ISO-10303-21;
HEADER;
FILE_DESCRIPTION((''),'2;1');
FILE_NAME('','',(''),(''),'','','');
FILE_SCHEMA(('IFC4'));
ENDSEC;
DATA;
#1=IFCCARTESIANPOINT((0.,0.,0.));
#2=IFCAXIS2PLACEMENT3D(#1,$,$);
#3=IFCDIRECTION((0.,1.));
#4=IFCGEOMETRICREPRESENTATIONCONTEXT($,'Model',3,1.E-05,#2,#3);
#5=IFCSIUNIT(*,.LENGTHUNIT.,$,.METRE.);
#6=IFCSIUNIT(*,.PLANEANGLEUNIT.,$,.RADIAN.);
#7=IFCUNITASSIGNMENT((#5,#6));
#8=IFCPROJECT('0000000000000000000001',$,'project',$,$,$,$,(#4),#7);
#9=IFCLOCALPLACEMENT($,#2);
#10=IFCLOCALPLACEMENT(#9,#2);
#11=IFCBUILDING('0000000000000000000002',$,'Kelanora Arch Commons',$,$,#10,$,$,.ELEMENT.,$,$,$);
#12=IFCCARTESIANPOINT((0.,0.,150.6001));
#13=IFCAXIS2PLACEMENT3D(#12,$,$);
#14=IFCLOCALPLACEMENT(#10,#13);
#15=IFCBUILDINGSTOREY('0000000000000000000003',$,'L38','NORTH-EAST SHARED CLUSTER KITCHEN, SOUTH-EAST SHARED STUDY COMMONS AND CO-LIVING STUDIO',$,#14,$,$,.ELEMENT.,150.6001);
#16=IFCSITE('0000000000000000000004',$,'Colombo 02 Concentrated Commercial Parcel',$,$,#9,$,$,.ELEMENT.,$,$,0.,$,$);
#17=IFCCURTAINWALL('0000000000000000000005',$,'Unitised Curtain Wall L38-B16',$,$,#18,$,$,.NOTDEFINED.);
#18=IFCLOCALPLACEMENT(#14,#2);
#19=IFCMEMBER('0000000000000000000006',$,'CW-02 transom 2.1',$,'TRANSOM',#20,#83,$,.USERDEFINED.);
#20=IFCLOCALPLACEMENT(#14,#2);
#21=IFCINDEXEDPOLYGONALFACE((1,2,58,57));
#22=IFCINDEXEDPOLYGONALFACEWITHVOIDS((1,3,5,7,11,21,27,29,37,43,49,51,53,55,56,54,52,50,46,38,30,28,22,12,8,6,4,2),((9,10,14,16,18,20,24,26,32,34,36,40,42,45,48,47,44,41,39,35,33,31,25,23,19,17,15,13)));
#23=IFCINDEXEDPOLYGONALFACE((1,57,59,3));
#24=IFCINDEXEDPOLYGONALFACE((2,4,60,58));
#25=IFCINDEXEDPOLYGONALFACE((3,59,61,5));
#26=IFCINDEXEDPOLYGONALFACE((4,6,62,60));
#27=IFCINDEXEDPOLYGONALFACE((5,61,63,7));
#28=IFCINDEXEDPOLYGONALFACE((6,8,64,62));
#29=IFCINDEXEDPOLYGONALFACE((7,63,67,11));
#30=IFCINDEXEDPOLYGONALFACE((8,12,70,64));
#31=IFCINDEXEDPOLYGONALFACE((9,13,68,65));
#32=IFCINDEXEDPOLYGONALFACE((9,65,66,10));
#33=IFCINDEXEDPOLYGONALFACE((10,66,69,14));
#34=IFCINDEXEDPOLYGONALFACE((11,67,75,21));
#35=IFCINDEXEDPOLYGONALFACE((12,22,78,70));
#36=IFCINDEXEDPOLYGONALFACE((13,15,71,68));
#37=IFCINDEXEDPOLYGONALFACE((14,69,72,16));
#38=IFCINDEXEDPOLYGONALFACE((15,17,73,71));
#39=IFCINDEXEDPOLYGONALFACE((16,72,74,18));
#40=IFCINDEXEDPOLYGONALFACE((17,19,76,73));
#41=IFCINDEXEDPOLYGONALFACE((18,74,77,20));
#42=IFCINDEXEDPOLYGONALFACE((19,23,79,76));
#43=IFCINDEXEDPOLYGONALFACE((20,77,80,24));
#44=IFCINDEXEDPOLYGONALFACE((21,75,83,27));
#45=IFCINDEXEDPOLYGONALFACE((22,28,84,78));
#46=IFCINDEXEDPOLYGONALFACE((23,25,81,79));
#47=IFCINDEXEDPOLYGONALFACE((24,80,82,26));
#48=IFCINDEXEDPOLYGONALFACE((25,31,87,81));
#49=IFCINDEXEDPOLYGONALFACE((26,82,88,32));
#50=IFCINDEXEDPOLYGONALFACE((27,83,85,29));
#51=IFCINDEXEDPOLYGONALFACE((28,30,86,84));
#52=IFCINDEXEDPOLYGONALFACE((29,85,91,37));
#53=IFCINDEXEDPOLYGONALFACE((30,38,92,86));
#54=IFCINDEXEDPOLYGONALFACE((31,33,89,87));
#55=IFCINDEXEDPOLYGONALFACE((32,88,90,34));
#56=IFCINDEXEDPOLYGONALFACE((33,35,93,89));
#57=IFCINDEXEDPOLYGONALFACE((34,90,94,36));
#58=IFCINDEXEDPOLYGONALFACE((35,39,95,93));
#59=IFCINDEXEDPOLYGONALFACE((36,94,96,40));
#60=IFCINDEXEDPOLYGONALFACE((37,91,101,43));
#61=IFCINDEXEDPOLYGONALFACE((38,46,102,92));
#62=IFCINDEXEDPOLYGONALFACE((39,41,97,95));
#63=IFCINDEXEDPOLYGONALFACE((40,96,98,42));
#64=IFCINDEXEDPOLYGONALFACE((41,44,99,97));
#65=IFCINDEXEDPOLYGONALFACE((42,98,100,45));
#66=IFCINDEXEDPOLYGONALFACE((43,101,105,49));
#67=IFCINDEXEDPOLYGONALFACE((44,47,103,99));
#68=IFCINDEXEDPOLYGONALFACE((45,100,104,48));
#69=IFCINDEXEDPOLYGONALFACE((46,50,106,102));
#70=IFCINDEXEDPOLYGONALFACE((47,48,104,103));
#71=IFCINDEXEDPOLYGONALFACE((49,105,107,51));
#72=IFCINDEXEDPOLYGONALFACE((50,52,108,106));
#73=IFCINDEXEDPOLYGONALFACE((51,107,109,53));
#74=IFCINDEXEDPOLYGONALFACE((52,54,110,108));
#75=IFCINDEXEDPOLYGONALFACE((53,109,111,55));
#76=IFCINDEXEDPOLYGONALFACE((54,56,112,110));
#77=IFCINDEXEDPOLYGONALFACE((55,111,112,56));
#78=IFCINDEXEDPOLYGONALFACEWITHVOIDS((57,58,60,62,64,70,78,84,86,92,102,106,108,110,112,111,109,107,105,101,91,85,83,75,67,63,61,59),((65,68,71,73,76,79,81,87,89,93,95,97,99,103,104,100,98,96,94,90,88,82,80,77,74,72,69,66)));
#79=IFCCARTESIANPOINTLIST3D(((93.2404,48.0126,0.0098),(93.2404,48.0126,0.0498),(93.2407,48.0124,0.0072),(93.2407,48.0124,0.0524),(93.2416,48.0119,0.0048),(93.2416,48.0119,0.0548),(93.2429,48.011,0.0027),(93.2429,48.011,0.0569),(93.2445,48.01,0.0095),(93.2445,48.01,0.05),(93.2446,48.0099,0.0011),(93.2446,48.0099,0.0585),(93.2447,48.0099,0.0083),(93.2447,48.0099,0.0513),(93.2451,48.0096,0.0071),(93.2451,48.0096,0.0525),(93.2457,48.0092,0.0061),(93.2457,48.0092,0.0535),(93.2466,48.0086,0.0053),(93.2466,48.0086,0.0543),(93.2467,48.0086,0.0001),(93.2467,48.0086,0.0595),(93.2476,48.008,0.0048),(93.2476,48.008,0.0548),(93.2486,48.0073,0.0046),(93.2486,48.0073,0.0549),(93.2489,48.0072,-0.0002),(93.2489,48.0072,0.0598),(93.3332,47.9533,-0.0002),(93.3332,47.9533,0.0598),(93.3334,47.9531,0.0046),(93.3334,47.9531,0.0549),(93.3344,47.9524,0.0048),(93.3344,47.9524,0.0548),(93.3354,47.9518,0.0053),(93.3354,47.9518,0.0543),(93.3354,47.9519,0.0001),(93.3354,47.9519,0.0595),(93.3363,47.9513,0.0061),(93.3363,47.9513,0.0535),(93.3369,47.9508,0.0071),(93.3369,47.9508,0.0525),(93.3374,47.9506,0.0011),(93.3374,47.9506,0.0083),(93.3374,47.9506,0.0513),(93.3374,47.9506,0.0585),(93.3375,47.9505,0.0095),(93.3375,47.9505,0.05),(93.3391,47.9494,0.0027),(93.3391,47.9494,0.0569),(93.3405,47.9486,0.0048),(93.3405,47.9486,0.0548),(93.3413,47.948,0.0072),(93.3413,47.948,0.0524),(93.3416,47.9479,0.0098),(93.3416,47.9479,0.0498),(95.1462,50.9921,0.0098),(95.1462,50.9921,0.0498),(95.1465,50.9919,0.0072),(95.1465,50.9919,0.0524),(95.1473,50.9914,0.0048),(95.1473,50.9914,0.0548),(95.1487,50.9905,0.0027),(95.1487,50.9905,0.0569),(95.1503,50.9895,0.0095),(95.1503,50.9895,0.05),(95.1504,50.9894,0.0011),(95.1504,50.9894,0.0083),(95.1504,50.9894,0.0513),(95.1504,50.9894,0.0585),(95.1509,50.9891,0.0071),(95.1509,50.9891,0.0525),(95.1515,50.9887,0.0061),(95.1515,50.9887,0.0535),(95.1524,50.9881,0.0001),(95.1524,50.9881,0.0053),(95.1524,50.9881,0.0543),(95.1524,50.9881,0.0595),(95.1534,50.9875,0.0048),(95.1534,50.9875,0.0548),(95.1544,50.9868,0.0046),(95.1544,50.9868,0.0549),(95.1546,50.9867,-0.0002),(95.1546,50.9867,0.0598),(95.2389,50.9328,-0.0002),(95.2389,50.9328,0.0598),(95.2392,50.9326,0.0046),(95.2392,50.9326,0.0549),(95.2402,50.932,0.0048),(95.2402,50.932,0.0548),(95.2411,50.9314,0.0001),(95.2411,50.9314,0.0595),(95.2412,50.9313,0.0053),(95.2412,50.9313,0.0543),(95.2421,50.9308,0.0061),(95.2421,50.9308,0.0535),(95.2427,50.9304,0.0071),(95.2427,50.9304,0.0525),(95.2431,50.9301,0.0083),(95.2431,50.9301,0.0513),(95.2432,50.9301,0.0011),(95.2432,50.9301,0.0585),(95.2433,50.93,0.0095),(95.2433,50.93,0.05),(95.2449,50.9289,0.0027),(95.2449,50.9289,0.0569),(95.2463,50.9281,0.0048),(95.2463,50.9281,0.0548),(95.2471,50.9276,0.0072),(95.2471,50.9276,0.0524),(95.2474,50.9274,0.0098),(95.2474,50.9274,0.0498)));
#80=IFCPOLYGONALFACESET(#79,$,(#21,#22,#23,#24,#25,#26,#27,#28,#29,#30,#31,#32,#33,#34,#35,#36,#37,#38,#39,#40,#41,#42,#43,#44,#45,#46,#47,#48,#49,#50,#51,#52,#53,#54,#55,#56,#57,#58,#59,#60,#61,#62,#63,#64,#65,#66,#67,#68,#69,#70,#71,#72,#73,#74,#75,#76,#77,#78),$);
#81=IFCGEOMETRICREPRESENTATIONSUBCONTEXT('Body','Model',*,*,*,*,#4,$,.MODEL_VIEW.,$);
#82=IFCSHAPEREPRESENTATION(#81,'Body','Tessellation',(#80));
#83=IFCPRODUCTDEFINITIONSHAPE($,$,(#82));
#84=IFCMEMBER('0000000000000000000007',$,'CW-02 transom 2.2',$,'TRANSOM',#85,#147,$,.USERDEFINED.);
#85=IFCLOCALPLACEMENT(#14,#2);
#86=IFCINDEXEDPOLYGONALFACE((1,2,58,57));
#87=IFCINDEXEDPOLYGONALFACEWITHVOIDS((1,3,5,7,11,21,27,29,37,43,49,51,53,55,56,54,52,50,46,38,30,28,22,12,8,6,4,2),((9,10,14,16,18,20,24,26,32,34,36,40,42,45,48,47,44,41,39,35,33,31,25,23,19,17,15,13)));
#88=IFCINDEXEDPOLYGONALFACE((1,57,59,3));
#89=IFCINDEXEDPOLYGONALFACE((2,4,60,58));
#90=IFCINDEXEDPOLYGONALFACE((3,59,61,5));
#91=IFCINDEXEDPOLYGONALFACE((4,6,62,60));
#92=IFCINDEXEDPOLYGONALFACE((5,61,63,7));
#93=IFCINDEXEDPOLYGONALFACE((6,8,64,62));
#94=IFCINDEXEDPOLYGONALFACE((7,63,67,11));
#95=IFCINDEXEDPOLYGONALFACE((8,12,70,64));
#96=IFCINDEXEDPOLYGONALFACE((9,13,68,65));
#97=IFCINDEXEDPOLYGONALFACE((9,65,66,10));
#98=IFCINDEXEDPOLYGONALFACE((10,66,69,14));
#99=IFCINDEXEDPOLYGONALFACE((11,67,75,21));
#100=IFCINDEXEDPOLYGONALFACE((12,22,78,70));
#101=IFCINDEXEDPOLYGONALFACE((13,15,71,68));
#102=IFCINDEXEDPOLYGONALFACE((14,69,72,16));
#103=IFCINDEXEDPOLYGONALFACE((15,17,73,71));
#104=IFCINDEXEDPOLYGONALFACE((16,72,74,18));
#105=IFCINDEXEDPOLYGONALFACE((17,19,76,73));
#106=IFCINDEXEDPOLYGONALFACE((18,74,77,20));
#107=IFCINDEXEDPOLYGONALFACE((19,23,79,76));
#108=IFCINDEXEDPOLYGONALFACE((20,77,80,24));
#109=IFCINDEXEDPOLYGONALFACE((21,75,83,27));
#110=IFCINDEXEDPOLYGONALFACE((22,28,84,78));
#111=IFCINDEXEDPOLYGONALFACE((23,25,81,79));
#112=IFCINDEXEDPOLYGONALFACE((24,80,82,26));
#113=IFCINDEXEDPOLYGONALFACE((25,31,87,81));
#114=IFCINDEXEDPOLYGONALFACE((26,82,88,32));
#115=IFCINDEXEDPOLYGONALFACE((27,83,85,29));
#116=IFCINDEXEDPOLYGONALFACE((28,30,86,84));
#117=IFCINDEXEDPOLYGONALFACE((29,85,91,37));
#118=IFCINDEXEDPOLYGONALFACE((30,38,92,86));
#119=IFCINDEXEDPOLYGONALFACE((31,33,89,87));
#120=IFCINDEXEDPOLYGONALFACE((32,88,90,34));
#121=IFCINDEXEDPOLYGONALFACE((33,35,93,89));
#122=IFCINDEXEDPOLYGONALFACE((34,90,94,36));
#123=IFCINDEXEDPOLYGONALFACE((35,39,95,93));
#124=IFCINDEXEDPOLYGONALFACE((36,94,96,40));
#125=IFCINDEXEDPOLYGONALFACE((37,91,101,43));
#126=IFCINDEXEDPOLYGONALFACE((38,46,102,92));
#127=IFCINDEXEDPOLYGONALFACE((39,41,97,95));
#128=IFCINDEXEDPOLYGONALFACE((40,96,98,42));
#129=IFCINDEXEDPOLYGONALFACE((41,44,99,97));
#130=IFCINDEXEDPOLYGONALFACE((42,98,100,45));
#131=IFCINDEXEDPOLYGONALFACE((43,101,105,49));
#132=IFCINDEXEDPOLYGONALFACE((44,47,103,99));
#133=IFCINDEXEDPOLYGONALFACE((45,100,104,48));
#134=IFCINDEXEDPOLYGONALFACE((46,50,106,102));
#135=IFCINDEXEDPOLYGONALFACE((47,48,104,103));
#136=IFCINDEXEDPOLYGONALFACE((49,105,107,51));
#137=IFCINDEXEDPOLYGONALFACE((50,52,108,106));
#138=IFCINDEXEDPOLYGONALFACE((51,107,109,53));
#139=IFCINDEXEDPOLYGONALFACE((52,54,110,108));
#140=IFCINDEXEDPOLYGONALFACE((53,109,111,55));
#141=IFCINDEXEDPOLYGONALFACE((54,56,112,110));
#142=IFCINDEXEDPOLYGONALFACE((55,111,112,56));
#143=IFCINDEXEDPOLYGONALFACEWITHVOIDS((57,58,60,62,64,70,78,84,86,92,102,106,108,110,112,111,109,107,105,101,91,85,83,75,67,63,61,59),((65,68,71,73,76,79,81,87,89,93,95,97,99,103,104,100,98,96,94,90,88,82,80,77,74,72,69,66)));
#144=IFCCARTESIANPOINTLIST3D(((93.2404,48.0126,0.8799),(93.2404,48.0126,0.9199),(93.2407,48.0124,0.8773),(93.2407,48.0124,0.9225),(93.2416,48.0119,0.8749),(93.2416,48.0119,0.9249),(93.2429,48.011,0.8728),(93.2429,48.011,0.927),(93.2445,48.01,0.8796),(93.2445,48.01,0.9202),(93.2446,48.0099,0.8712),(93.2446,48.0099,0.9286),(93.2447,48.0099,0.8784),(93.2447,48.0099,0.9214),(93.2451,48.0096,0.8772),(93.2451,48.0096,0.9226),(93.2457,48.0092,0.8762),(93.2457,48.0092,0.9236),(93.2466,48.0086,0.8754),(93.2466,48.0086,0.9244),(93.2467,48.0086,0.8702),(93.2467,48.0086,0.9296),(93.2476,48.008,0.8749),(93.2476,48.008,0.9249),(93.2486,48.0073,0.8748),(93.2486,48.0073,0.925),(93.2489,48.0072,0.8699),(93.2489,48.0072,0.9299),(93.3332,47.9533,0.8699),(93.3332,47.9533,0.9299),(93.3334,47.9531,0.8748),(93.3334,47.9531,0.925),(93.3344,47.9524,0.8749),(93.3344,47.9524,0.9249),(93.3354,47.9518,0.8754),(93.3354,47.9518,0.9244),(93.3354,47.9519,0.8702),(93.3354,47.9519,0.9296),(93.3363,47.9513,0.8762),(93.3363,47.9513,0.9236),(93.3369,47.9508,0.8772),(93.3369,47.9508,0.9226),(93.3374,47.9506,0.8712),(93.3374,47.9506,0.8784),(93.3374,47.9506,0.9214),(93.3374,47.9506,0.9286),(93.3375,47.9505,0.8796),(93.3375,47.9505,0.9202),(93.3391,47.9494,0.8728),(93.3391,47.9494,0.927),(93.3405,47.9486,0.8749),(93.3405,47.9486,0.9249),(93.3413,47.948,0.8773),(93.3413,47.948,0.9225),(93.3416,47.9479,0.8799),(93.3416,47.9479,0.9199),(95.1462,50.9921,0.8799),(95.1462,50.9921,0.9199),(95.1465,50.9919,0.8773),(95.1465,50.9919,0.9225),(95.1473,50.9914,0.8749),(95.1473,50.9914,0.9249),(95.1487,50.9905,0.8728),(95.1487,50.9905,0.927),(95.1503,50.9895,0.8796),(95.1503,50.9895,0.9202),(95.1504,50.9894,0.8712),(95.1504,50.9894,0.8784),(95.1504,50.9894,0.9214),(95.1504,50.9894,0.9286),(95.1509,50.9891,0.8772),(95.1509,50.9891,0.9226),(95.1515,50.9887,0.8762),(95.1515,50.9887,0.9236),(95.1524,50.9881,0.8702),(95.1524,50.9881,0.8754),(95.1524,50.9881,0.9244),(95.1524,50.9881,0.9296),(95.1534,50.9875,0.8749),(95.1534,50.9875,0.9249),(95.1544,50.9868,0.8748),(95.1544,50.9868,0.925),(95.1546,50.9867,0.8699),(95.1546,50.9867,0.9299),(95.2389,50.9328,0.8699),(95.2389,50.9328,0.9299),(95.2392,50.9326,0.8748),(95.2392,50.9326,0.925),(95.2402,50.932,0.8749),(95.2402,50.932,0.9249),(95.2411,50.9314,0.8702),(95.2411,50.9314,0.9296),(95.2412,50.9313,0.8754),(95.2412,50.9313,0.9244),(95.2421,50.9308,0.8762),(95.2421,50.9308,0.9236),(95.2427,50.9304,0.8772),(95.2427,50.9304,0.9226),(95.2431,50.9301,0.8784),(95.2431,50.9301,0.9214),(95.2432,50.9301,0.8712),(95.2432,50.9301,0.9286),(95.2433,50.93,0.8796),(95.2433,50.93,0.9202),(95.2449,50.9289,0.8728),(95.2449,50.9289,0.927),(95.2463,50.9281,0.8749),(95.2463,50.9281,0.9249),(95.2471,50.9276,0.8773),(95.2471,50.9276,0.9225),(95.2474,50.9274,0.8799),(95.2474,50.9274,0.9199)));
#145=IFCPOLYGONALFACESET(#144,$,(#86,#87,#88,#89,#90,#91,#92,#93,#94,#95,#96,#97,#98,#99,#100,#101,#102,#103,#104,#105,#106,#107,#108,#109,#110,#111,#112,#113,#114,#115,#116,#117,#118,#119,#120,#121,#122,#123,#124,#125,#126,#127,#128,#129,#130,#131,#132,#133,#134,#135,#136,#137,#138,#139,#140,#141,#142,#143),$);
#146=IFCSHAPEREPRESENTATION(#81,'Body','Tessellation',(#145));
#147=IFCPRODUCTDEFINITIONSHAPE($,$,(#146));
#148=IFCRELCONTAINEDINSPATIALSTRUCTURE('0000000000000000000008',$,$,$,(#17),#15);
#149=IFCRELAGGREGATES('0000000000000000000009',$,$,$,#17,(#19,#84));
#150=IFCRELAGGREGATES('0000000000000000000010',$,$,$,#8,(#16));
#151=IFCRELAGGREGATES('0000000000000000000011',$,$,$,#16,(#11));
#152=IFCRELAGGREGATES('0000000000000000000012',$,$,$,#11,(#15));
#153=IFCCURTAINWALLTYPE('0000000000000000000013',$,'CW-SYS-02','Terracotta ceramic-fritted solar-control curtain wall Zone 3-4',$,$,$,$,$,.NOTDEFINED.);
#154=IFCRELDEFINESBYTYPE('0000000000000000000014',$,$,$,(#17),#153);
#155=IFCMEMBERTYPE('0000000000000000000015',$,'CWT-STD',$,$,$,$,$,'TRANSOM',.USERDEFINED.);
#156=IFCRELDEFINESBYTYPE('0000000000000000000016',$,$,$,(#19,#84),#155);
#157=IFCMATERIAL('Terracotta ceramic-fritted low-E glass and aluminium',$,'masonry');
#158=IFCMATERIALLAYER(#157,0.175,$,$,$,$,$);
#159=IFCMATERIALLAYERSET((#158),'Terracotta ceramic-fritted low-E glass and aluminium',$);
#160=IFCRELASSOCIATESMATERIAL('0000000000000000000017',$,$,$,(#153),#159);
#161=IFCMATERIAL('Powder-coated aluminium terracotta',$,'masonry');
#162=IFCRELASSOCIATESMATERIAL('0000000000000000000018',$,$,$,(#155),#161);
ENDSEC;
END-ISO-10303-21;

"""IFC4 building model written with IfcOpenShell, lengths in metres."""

from ifc_helpers import new_model, si_unit, direction, frame, origin, origin_2d, place, context, subcontext, project, spatial, hollow_rectangle, extrude, material, layer, layer_set, material_profile, profile_set, type_object, element, aggregate, save


model = new_model("IFC4")

# Units and contexts
model_context = context("Model", 3, precision=1e-05, world=origin(), true_north=direction((0.0, 1.0)))
body_context = subcontext(model_context, "Body", "Model", "MODEL_VIEW")
ifc_project = project(units=[si_unit("LENGTHUNIT", "METRE"), si_unit("PLANEANGLEUNIT", "RADIAN")], contexts=[model_context])

# Site, building, storey
site_placement = place(None, origin())
site = spatial("IfcSite", under=ifc_project, at=site_placement, Name="Colombo 02 Concentrated Commercial Parcel", CompositionType="ELEMENT", RefElevation=0.0)
building_placement = place(site_placement, origin())
building = spatial("IfcBuilding", under=site, at=building_placement, Name="Kelanora Arch Commons", CompositionType="ELEMENT")
storey_placement = place(building_placement, frame((0.0, 0.0, 150.6001)))
storey = spatial("IfcBuildingStorey", under=building, at=storey_placement, Name="L38", Description="NORTH-EAST SHARED CLUSTER KITCHEN, SOUTH-EAST SHARED STUDY COMMONS AND CO-LIVING STUDIO", CompositionType="ELEMENT", Elevation=150.6001)

# Curtain wall, members
ifc_material_1 = material(Name="Terracotta ceramic-fritted low-E glass and aluminium", Category="masonry")
ifc_layer_1 = layer(ifc_material_1, 0.175)
ifc_layer_set_1 = layer_set([ifc_layer_1], Name="Terracotta ceramic-fritted low-E glass and aluminium")
curtain_wall_type = type_object("IfcCurtainWallType", Name="CW-SYS-02", Description="Terracotta ceramic-fritted solar-control curtain wall Zone 3-4", PredefinedType="NOTDEFINED", material=ifc_layer_set_1)
curtain_wall_placement = place(storey_placement, origin())
curtain_wall = element("IfcCurtainWall", 1, at=curtain_wall_placement, inside=storey, type_object=curtain_wall_type, Name="Unitised Curtain Wall L38-B16", PredefinedType="NOTDEFINED")
ifc_material_2 = material(Name="Powder-coated aluminium terracotta", Category="masonry")
ifc_material_profile_1 = material_profile(ifc_material_2, hollow_rectangle(XDim=0.1201, YDim=0.0601, WallThickness=0.0049, InnerFilletRadius=0.0049, OuterFilletRadius=0.01, at=origin_2d()), Name="CWT120x60")
ifc_profile_set_1 = profile_set([ifc_material_profile_1], Name="Powder-coated aluminium terracotta")
member_type_1 = type_object("IfcMemberType", Name="CWT-STD", ElementType="TRANSOM", PredefinedType="USERDEFINED", material=ifc_profile_set_1)
member_1_placement = place(storey_placement, frame((93.291, 47.9802, 0.0298), z_axis=(0.53883, 0.842414, 0.0), x_axis=(-0.842414, 0.53883, 0.0)))
member_1 = element("IfcMember", 2, at=member_1_placement, type_object=member_type_1, Name="CW-02 transom 2.1", ObjectType="TRANSOM", PredefinedType="USERDEFINED", context=body_context, shape_type="SweptSolid", body=[
    extrude(hollow_rectangle(XDim=0.1201, YDim=0.0601, WallThickness=0.0049, InnerFilletRadius=0.0049, OuterFilletRadius=0.01, at=origin_2d()), origin(), (0.0, 0.0, 1.0), 3.5369),
])
member_2_placement = place(storey_placement, frame((93.291, 47.9802, 0.8999), z_axis=(0.53883, 0.842414, 0.0), x_axis=(-0.842414, 0.53883, 0.0)))
member_2 = element("IfcMember", 3, at=member_2_placement, type_object=member_type_1, Name="CW-02 transom 2.2", ObjectType="TRANSOM", PredefinedType="USERDEFINED", context=body_context, shape_type="SweptSolid", body=[
    extrude(hollow_rectangle(XDim=0.1201, YDim=0.0601, WallThickness=0.0049, InnerFilletRadius=0.0049, OuterFilletRadius=0.01, at=origin_2d()), origin(), (0.0, 0.0, 1.0), 3.5369),
])
aggregate(curtain_wall, [member_1, member_2])

save(model, "model.ifc")
